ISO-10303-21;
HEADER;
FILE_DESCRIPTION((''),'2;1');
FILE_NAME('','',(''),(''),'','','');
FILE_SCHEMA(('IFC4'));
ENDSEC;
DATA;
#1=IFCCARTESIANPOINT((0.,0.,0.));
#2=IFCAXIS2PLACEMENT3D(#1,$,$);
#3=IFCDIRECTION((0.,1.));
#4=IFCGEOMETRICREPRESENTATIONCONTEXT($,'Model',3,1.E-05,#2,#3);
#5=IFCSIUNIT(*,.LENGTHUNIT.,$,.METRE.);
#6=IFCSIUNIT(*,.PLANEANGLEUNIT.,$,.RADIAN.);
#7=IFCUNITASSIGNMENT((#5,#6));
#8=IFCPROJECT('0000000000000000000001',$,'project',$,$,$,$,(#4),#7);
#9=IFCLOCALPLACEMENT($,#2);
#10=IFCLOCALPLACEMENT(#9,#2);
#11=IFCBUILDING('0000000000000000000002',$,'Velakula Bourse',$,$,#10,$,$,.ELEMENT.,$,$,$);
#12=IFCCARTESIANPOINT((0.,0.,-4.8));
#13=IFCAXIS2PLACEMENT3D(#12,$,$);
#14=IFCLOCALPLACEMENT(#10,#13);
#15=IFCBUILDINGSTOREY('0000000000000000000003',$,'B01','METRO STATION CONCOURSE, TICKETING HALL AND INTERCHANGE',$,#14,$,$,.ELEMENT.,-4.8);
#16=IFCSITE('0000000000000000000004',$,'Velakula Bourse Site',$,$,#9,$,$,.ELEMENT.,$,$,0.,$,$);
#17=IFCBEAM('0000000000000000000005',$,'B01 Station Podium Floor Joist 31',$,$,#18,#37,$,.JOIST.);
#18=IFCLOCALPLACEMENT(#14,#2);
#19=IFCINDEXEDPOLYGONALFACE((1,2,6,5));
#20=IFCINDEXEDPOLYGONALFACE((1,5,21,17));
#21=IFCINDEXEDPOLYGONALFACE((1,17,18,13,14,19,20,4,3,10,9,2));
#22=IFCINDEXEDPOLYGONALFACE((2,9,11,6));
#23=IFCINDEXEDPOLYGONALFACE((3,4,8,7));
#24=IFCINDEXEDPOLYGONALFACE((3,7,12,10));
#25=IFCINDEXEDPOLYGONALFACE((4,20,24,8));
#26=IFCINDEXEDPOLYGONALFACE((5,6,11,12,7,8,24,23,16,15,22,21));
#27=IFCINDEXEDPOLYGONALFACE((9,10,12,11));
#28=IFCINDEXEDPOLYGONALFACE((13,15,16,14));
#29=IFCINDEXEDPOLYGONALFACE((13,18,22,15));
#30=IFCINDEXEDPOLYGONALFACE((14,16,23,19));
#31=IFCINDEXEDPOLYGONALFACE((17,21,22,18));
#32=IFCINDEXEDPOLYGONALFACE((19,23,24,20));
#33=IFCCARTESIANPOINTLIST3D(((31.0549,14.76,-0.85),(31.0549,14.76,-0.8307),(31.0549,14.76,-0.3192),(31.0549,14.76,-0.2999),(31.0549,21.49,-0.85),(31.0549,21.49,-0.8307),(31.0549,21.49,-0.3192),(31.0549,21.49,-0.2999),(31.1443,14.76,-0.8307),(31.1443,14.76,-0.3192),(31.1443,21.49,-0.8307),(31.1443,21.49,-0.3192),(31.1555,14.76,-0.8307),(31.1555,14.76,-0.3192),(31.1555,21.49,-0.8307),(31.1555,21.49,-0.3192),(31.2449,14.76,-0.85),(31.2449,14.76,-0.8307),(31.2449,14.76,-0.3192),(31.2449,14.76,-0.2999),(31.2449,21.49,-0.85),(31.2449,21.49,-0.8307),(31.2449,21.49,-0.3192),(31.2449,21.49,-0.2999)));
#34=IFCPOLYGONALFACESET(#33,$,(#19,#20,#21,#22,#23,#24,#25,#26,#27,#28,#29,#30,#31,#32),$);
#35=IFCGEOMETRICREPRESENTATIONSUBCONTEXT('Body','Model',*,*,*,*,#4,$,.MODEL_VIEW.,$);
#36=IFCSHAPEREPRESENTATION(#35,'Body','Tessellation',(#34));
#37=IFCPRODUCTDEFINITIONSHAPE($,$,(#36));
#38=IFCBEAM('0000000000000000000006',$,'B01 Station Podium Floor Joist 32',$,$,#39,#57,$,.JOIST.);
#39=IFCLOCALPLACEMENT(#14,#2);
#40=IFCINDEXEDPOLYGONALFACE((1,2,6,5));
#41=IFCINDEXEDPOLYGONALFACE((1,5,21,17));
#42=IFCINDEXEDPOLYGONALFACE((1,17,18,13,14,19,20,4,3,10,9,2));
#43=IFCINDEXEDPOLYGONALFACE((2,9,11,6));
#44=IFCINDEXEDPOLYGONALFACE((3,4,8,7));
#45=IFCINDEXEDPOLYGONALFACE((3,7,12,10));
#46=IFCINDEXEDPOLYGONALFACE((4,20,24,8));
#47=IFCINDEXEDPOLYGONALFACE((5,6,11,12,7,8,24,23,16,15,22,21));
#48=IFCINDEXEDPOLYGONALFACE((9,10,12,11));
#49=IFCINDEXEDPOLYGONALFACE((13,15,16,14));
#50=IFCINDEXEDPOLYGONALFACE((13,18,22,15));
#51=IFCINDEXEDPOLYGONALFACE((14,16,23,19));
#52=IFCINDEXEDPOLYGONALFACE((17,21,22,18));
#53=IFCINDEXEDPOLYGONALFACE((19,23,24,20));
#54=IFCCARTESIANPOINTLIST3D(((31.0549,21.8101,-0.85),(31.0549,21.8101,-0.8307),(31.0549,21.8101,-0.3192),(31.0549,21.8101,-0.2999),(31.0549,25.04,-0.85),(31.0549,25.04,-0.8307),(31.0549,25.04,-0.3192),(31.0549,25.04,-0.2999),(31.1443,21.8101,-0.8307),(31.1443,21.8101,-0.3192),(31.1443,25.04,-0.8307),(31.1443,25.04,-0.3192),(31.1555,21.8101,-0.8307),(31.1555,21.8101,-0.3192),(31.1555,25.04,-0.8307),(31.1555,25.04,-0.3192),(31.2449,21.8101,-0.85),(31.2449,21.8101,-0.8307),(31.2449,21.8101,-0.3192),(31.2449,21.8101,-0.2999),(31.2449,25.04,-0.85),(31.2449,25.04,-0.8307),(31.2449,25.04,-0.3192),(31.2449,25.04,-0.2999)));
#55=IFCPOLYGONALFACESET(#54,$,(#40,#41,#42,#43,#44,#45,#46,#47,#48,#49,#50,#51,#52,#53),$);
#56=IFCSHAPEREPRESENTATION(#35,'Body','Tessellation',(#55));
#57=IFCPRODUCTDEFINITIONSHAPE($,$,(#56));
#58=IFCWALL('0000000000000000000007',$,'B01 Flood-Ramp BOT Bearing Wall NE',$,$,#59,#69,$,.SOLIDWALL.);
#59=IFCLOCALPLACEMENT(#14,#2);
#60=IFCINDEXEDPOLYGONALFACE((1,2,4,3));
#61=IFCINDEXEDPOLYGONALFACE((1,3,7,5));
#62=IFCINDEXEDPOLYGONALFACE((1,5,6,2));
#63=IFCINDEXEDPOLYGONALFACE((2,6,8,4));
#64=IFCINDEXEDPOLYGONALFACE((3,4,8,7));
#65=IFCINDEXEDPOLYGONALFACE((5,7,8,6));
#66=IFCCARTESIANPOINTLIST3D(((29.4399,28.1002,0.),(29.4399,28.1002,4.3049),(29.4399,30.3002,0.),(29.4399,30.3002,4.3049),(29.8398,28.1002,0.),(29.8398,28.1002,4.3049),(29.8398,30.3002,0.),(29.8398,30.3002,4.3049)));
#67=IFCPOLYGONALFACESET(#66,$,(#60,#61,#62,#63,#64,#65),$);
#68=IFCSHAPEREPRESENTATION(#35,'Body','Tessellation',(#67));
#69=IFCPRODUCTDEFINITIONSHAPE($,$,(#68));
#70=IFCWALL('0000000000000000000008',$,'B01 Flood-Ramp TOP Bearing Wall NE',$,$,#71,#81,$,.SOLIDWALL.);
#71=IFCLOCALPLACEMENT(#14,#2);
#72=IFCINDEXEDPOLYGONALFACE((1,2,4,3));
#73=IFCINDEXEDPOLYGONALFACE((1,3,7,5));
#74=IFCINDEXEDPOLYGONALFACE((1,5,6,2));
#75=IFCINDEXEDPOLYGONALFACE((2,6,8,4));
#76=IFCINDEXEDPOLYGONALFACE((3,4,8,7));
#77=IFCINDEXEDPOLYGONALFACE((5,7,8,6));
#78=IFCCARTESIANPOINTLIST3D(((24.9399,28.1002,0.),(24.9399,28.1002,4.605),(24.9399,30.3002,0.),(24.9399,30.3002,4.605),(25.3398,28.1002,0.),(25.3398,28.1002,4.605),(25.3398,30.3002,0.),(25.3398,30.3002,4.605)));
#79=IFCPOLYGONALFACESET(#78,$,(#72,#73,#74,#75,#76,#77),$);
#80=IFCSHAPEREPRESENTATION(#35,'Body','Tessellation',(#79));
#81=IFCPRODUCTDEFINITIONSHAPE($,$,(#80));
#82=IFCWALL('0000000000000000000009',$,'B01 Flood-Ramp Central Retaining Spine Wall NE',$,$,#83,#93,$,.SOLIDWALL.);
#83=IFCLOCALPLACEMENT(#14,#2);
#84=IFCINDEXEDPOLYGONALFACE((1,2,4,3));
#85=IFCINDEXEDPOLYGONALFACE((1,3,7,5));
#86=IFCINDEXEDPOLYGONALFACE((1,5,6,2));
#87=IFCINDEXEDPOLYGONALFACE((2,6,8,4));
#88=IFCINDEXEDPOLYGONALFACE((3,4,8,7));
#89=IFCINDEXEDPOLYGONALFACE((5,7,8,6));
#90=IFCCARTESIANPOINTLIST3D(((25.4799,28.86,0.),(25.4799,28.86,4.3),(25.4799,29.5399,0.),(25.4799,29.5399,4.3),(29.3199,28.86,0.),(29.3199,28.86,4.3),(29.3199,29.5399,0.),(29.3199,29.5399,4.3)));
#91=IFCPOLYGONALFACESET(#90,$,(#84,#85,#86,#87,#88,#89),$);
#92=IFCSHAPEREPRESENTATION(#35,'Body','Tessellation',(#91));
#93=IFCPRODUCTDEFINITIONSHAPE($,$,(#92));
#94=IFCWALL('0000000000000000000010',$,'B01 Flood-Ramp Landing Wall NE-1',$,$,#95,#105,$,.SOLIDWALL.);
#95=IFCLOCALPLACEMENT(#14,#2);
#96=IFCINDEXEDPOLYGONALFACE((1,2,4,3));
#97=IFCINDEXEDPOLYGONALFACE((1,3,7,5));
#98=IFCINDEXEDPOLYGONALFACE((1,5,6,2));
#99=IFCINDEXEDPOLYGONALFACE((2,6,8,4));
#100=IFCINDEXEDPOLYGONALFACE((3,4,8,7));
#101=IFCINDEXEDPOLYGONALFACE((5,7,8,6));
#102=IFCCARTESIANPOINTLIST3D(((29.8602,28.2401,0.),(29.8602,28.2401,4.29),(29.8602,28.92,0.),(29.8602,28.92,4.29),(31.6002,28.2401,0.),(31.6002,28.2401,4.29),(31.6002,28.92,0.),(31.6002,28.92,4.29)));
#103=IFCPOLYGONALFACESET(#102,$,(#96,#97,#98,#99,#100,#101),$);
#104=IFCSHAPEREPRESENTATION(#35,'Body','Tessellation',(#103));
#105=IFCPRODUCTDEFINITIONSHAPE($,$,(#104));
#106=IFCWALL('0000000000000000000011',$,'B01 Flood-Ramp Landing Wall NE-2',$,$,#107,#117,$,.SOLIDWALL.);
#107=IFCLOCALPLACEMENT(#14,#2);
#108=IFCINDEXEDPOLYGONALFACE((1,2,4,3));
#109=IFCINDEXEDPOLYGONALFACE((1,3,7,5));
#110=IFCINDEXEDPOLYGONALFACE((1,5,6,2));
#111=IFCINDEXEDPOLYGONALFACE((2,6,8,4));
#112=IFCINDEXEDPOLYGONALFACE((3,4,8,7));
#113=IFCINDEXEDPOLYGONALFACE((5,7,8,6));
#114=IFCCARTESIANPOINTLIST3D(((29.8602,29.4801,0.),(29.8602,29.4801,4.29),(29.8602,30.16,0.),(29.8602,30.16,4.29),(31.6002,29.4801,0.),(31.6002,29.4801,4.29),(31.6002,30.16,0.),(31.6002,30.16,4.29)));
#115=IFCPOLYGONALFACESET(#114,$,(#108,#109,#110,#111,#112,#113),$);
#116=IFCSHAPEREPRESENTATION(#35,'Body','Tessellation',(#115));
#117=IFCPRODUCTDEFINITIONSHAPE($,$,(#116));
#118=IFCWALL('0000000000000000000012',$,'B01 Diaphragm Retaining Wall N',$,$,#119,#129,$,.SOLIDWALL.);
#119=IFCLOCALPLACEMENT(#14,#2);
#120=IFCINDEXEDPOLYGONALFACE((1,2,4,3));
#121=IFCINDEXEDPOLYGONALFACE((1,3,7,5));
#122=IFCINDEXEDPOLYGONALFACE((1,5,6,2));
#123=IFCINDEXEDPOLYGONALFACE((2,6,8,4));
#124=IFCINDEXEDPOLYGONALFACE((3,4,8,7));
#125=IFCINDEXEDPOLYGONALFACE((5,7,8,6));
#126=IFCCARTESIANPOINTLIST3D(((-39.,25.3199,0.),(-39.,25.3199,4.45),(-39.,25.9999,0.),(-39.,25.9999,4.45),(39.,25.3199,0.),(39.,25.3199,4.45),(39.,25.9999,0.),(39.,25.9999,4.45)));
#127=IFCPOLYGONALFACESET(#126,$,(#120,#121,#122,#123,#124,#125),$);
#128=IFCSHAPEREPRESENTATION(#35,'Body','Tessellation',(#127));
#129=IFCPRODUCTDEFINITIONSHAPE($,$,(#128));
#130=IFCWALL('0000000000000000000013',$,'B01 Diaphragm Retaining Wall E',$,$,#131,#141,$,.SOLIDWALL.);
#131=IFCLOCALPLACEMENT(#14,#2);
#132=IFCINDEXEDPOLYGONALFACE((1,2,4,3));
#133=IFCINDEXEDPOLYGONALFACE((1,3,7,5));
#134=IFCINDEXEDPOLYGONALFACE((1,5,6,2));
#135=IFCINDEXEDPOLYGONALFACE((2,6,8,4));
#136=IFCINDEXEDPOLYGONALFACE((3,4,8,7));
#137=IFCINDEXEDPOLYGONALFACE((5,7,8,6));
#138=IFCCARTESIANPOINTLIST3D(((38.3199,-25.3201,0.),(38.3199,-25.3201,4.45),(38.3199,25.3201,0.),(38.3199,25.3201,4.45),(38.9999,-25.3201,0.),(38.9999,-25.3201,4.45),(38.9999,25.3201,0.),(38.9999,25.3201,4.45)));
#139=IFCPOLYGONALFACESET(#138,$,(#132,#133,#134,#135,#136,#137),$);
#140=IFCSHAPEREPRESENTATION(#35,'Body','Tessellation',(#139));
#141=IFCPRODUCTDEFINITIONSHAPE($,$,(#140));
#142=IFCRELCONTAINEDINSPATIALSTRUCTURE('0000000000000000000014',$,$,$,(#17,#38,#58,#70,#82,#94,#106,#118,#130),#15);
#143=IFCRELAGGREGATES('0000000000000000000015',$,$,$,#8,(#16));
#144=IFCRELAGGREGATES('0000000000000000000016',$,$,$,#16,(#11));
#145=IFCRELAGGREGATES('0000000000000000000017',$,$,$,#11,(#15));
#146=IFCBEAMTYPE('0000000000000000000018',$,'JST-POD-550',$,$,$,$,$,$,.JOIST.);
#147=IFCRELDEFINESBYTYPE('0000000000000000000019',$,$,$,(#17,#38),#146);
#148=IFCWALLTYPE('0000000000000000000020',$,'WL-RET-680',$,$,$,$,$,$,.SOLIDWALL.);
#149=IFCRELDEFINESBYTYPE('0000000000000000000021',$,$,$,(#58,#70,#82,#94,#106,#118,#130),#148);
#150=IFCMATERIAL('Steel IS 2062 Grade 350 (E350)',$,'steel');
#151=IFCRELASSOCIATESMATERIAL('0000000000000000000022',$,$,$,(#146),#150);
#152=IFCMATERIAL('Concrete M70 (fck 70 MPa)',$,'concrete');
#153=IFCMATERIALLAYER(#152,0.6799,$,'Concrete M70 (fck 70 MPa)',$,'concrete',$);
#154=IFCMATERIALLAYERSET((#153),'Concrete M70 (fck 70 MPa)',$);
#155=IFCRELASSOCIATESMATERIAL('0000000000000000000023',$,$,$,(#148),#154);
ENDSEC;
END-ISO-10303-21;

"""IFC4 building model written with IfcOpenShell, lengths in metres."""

from ifc_helpers import new_model, si_unit, direction, frame, frame_2d, origin, origin_2d, place, context, subcontext, project, spatial, rectangle, i_section, extrude, material, layer, layer_set, material_profile, profile_set, type_object, element, save


model = new_model("IFC4")

# Units and contexts
model_context = context("Model", 3, precision=1e-05, world=origin(), true_north=direction((0.0, 1.0)))
body_context = subcontext(model_context, "Body", "Model", "MODEL_VIEW")
ifc_project = project(units=[si_unit("LENGTHUNIT", "METRE"), si_unit("PLANEANGLEUNIT", "RADIAN")], contexts=[model_context])

# Site, building, storey
site_placement = place(None, origin())
site = spatial("IfcSite", under=ifc_project, at=site_placement, Name="Velakula Bourse Site", CompositionType="ELEMENT", RefElevation=0.0)
building_placement = place(site_placement, origin())
building = spatial("IfcBuilding", under=site, at=building_placement, Name="Velakula Bourse", CompositionType="ELEMENT")
storey_placement = place(building_placement, frame((0.0, 0.0, -4.8)))
storey = spatial("IfcBuildingStorey", under=building, at=storey_placement, Name="B01", Description="METRO STATION CONCOURSE, TICKETING HALL AND INTERCHANGE", CompositionType="ELEMENT", Elevation=-4.8)

# Shared definitions
ifc_material_1 = material(Name="Concrete M70 (fck 70 MPa)", Category="concrete")

# Beams
ifc_material_2 = material(Name="Steel IS 2062 Grade 350 (E350)", Category="steel")
ifc_material_profile_1 = material_profile(ifc_material_2, i_section(OverallWidth=0.1899, OverallDepth=0.55, WebThickness=0.0112, FlangeThickness=0.0193, at=origin_2d()), Name="Steel IS 2062 Grade 350 (E350)")
ifc_profile_set_1 = profile_set([ifc_material_profile_1], Name="Steel IS 2062 Grade 350 (E350)")
beam_type_1 = type_object("IfcBeamType", Name="JST-POD-550", PredefinedType="JOIST", material=ifc_profile_set_1)
beam_1_placement = place(storey_placement, frame((31.1499, 14.76, -0.575), z_axis=(0.0, 1.0, 0.0), x_axis=(-1.0, 0.0, 0.0)))
element("IfcBeam", 1, at=beam_1_placement, inside=storey, type_object=beam_type_1, Name="B01 Station Podium Floor Joist 31", PredefinedType="JOIST", context=body_context, shape_type="SweptSolid", body=[
    extrude(i_section(OverallWidth=0.1899, OverallDepth=0.55, WebThickness=0.0112, FlangeThickness=0.0193, at=origin_2d()), origin(), (0.0, 0.0, 1.0), 6.73),
])
beam_2_placement = place(storey_placement, frame((31.1499, 21.8101, -0.575), z_axis=(0.0, 1.0, 0.0), x_axis=(-1.0, 0.0, 0.0)))
element("IfcBeam", 2, at=beam_2_placement, inside=storey, type_object=beam_type_1, Name="B01 Station Podium Floor Joist 32", PredefinedType="JOIST", context=body_context, shape_type="SweptSolid", body=[
    extrude(i_section(OverallWidth=0.1899, OverallDepth=0.55, WebThickness=0.0112, FlangeThickness=0.0193, at=origin_2d()), origin(), (0.0, 0.0, 1.0), 3.23),
])

# Walls
ifc_layer = layer(ifc_material_1, 0.6799, Name="Concrete M70 (fck 70 MPa)", Category="concrete")
ifc_layer_set = layer_set([ifc_layer], Name="Concrete M70 (fck 70 MPa)")
wall_type = type_object("IfcWallType", Name="WL-RET-680", PredefinedType="SOLIDWALL", material=ifc_layer_set)
wall_1_placement = place(storey_placement, frame((29.6399, 28.1001, 0.0), z_axis=(0.0, 0.0, 1.0), x_axis=(0.0, 1.0, 0.0)))
element("IfcWall", 3, at=wall_1_placement, inside=storey, type_object=wall_type, Name="B01 Flood-Ramp BOT Bearing Wall NE", PredefinedType="SOLIDWALL", context=body_context, shape_type="SweptSolid", body=[
    extrude(rectangle(XDim=2.2, YDim=0.3999, at=frame_2d((1.1001, 0.0))), origin(), (0.0, 0.0, 1.0), 4.3049),
])
wall_2_placement = place(storey_placement, frame((25.1399, 28.1001, 0.0), z_axis=(0.0, 0.0, 1.0), x_axis=(0.0, 1.0, 0.0)))
element("IfcWall", 4, at=wall_2_placement, inside=storey, type_object=wall_type, Name="B01 Flood-Ramp TOP Bearing Wall NE", PredefinedType="SOLIDWALL", context=body_context, shape_type="SweptSolid", body=[
    extrude(rectangle(XDim=2.2, YDim=0.3999, at=frame_2d((1.1001, 0.0))), origin(), (0.0, 0.0, 1.0), 4.605),
])
wall_3_placement = place(storey_placement, frame((25.48, 29.2, 0.0), z_axis=(0.0, 0.0, 1.0), x_axis=(1.0, 0.0, 0.0)))
element("IfcWall", 5, at=wall_3_placement, inside=storey, type_object=wall_type, Name="B01 Flood-Ramp Central Retaining Spine Wall NE", PredefinedType="SOLIDWALL", context=body_context, shape_type="SweptSolid", body=[
    extrude(rectangle(XDim=3.8401, YDim=0.6799, at=frame_2d((1.9199, 0.0))), origin(), (0.0, 0.0, 1.0), 4.3),
])
for number, where, z_axis, x_axis, name in (
    (6, (29.8601, 28.5801, 0.0), (0.0, 0.0, 1.0), (1.0, 0.0, 0.0), "B01 Flood-Ramp Landing Wall NE-1"),
    (7, (29.8601, 29.8201, 0.0), (0.0, 0.0, 1.0), (1.0, 0.0, 0.0), "B01 Flood-Ramp Landing Wall NE-2"),
):
    element("IfcWall", number, at=place(storey_placement, frame(where, z_axis=z_axis, x_axis=x_axis)), inside=storey, type_object=wall_type, Name=name, PredefinedType="SOLIDWALL", context=body_context, shape_type="SweptSolid", body=[
        extrude(rectangle(XDim=1.74, YDim=0.6799, at=frame_2d((0.8701, 0.0))), origin(), (0.0, 0.0, 1.0), 4.29),
    ])
wall_4_placement = place(storey_placement, frame((39.0, 25.6599, 0.0), z_axis=(0.0, 0.0, 1.0), x_axis=(-1.0, 0.0, 0.0)))
element("IfcWall", 8, at=wall_4_placement, inside=storey, type_object=wall_type, Name="B01 Diaphragm Retaining Wall N", PredefinedType="SOLIDWALL", context=body_context, shape_type="SweptSolid", body=[
    extrude(rectangle(XDim=78.0, YDim=0.6799, at=frame_2d((39.0, 0.0))), origin(), (0.0, 0.0, 1.0), 4.45),
])
wall_5_placement = place(storey_placement, frame((38.6599, 25.3201, 0.0), z_axis=(0.0, 0.0, 1.0), x_axis=(0.0, -1.0, 0.0)))
element("IfcWall", 9, at=wall_5_placement, inside=storey, type_object=wall_type, Name="B01 Diaphragm Retaining Wall E", PredefinedType="SOLIDWALL", context=body_context, shape_type="SweptSolid", body=[
    extrude(rectangle(XDim=50.6401, YDim=0.6799, at=frame_2d((25.3201, 0.0))), origin(), (0.0, 0.0, 1.0), 4.45),
])

save(model, "model.ifc")
